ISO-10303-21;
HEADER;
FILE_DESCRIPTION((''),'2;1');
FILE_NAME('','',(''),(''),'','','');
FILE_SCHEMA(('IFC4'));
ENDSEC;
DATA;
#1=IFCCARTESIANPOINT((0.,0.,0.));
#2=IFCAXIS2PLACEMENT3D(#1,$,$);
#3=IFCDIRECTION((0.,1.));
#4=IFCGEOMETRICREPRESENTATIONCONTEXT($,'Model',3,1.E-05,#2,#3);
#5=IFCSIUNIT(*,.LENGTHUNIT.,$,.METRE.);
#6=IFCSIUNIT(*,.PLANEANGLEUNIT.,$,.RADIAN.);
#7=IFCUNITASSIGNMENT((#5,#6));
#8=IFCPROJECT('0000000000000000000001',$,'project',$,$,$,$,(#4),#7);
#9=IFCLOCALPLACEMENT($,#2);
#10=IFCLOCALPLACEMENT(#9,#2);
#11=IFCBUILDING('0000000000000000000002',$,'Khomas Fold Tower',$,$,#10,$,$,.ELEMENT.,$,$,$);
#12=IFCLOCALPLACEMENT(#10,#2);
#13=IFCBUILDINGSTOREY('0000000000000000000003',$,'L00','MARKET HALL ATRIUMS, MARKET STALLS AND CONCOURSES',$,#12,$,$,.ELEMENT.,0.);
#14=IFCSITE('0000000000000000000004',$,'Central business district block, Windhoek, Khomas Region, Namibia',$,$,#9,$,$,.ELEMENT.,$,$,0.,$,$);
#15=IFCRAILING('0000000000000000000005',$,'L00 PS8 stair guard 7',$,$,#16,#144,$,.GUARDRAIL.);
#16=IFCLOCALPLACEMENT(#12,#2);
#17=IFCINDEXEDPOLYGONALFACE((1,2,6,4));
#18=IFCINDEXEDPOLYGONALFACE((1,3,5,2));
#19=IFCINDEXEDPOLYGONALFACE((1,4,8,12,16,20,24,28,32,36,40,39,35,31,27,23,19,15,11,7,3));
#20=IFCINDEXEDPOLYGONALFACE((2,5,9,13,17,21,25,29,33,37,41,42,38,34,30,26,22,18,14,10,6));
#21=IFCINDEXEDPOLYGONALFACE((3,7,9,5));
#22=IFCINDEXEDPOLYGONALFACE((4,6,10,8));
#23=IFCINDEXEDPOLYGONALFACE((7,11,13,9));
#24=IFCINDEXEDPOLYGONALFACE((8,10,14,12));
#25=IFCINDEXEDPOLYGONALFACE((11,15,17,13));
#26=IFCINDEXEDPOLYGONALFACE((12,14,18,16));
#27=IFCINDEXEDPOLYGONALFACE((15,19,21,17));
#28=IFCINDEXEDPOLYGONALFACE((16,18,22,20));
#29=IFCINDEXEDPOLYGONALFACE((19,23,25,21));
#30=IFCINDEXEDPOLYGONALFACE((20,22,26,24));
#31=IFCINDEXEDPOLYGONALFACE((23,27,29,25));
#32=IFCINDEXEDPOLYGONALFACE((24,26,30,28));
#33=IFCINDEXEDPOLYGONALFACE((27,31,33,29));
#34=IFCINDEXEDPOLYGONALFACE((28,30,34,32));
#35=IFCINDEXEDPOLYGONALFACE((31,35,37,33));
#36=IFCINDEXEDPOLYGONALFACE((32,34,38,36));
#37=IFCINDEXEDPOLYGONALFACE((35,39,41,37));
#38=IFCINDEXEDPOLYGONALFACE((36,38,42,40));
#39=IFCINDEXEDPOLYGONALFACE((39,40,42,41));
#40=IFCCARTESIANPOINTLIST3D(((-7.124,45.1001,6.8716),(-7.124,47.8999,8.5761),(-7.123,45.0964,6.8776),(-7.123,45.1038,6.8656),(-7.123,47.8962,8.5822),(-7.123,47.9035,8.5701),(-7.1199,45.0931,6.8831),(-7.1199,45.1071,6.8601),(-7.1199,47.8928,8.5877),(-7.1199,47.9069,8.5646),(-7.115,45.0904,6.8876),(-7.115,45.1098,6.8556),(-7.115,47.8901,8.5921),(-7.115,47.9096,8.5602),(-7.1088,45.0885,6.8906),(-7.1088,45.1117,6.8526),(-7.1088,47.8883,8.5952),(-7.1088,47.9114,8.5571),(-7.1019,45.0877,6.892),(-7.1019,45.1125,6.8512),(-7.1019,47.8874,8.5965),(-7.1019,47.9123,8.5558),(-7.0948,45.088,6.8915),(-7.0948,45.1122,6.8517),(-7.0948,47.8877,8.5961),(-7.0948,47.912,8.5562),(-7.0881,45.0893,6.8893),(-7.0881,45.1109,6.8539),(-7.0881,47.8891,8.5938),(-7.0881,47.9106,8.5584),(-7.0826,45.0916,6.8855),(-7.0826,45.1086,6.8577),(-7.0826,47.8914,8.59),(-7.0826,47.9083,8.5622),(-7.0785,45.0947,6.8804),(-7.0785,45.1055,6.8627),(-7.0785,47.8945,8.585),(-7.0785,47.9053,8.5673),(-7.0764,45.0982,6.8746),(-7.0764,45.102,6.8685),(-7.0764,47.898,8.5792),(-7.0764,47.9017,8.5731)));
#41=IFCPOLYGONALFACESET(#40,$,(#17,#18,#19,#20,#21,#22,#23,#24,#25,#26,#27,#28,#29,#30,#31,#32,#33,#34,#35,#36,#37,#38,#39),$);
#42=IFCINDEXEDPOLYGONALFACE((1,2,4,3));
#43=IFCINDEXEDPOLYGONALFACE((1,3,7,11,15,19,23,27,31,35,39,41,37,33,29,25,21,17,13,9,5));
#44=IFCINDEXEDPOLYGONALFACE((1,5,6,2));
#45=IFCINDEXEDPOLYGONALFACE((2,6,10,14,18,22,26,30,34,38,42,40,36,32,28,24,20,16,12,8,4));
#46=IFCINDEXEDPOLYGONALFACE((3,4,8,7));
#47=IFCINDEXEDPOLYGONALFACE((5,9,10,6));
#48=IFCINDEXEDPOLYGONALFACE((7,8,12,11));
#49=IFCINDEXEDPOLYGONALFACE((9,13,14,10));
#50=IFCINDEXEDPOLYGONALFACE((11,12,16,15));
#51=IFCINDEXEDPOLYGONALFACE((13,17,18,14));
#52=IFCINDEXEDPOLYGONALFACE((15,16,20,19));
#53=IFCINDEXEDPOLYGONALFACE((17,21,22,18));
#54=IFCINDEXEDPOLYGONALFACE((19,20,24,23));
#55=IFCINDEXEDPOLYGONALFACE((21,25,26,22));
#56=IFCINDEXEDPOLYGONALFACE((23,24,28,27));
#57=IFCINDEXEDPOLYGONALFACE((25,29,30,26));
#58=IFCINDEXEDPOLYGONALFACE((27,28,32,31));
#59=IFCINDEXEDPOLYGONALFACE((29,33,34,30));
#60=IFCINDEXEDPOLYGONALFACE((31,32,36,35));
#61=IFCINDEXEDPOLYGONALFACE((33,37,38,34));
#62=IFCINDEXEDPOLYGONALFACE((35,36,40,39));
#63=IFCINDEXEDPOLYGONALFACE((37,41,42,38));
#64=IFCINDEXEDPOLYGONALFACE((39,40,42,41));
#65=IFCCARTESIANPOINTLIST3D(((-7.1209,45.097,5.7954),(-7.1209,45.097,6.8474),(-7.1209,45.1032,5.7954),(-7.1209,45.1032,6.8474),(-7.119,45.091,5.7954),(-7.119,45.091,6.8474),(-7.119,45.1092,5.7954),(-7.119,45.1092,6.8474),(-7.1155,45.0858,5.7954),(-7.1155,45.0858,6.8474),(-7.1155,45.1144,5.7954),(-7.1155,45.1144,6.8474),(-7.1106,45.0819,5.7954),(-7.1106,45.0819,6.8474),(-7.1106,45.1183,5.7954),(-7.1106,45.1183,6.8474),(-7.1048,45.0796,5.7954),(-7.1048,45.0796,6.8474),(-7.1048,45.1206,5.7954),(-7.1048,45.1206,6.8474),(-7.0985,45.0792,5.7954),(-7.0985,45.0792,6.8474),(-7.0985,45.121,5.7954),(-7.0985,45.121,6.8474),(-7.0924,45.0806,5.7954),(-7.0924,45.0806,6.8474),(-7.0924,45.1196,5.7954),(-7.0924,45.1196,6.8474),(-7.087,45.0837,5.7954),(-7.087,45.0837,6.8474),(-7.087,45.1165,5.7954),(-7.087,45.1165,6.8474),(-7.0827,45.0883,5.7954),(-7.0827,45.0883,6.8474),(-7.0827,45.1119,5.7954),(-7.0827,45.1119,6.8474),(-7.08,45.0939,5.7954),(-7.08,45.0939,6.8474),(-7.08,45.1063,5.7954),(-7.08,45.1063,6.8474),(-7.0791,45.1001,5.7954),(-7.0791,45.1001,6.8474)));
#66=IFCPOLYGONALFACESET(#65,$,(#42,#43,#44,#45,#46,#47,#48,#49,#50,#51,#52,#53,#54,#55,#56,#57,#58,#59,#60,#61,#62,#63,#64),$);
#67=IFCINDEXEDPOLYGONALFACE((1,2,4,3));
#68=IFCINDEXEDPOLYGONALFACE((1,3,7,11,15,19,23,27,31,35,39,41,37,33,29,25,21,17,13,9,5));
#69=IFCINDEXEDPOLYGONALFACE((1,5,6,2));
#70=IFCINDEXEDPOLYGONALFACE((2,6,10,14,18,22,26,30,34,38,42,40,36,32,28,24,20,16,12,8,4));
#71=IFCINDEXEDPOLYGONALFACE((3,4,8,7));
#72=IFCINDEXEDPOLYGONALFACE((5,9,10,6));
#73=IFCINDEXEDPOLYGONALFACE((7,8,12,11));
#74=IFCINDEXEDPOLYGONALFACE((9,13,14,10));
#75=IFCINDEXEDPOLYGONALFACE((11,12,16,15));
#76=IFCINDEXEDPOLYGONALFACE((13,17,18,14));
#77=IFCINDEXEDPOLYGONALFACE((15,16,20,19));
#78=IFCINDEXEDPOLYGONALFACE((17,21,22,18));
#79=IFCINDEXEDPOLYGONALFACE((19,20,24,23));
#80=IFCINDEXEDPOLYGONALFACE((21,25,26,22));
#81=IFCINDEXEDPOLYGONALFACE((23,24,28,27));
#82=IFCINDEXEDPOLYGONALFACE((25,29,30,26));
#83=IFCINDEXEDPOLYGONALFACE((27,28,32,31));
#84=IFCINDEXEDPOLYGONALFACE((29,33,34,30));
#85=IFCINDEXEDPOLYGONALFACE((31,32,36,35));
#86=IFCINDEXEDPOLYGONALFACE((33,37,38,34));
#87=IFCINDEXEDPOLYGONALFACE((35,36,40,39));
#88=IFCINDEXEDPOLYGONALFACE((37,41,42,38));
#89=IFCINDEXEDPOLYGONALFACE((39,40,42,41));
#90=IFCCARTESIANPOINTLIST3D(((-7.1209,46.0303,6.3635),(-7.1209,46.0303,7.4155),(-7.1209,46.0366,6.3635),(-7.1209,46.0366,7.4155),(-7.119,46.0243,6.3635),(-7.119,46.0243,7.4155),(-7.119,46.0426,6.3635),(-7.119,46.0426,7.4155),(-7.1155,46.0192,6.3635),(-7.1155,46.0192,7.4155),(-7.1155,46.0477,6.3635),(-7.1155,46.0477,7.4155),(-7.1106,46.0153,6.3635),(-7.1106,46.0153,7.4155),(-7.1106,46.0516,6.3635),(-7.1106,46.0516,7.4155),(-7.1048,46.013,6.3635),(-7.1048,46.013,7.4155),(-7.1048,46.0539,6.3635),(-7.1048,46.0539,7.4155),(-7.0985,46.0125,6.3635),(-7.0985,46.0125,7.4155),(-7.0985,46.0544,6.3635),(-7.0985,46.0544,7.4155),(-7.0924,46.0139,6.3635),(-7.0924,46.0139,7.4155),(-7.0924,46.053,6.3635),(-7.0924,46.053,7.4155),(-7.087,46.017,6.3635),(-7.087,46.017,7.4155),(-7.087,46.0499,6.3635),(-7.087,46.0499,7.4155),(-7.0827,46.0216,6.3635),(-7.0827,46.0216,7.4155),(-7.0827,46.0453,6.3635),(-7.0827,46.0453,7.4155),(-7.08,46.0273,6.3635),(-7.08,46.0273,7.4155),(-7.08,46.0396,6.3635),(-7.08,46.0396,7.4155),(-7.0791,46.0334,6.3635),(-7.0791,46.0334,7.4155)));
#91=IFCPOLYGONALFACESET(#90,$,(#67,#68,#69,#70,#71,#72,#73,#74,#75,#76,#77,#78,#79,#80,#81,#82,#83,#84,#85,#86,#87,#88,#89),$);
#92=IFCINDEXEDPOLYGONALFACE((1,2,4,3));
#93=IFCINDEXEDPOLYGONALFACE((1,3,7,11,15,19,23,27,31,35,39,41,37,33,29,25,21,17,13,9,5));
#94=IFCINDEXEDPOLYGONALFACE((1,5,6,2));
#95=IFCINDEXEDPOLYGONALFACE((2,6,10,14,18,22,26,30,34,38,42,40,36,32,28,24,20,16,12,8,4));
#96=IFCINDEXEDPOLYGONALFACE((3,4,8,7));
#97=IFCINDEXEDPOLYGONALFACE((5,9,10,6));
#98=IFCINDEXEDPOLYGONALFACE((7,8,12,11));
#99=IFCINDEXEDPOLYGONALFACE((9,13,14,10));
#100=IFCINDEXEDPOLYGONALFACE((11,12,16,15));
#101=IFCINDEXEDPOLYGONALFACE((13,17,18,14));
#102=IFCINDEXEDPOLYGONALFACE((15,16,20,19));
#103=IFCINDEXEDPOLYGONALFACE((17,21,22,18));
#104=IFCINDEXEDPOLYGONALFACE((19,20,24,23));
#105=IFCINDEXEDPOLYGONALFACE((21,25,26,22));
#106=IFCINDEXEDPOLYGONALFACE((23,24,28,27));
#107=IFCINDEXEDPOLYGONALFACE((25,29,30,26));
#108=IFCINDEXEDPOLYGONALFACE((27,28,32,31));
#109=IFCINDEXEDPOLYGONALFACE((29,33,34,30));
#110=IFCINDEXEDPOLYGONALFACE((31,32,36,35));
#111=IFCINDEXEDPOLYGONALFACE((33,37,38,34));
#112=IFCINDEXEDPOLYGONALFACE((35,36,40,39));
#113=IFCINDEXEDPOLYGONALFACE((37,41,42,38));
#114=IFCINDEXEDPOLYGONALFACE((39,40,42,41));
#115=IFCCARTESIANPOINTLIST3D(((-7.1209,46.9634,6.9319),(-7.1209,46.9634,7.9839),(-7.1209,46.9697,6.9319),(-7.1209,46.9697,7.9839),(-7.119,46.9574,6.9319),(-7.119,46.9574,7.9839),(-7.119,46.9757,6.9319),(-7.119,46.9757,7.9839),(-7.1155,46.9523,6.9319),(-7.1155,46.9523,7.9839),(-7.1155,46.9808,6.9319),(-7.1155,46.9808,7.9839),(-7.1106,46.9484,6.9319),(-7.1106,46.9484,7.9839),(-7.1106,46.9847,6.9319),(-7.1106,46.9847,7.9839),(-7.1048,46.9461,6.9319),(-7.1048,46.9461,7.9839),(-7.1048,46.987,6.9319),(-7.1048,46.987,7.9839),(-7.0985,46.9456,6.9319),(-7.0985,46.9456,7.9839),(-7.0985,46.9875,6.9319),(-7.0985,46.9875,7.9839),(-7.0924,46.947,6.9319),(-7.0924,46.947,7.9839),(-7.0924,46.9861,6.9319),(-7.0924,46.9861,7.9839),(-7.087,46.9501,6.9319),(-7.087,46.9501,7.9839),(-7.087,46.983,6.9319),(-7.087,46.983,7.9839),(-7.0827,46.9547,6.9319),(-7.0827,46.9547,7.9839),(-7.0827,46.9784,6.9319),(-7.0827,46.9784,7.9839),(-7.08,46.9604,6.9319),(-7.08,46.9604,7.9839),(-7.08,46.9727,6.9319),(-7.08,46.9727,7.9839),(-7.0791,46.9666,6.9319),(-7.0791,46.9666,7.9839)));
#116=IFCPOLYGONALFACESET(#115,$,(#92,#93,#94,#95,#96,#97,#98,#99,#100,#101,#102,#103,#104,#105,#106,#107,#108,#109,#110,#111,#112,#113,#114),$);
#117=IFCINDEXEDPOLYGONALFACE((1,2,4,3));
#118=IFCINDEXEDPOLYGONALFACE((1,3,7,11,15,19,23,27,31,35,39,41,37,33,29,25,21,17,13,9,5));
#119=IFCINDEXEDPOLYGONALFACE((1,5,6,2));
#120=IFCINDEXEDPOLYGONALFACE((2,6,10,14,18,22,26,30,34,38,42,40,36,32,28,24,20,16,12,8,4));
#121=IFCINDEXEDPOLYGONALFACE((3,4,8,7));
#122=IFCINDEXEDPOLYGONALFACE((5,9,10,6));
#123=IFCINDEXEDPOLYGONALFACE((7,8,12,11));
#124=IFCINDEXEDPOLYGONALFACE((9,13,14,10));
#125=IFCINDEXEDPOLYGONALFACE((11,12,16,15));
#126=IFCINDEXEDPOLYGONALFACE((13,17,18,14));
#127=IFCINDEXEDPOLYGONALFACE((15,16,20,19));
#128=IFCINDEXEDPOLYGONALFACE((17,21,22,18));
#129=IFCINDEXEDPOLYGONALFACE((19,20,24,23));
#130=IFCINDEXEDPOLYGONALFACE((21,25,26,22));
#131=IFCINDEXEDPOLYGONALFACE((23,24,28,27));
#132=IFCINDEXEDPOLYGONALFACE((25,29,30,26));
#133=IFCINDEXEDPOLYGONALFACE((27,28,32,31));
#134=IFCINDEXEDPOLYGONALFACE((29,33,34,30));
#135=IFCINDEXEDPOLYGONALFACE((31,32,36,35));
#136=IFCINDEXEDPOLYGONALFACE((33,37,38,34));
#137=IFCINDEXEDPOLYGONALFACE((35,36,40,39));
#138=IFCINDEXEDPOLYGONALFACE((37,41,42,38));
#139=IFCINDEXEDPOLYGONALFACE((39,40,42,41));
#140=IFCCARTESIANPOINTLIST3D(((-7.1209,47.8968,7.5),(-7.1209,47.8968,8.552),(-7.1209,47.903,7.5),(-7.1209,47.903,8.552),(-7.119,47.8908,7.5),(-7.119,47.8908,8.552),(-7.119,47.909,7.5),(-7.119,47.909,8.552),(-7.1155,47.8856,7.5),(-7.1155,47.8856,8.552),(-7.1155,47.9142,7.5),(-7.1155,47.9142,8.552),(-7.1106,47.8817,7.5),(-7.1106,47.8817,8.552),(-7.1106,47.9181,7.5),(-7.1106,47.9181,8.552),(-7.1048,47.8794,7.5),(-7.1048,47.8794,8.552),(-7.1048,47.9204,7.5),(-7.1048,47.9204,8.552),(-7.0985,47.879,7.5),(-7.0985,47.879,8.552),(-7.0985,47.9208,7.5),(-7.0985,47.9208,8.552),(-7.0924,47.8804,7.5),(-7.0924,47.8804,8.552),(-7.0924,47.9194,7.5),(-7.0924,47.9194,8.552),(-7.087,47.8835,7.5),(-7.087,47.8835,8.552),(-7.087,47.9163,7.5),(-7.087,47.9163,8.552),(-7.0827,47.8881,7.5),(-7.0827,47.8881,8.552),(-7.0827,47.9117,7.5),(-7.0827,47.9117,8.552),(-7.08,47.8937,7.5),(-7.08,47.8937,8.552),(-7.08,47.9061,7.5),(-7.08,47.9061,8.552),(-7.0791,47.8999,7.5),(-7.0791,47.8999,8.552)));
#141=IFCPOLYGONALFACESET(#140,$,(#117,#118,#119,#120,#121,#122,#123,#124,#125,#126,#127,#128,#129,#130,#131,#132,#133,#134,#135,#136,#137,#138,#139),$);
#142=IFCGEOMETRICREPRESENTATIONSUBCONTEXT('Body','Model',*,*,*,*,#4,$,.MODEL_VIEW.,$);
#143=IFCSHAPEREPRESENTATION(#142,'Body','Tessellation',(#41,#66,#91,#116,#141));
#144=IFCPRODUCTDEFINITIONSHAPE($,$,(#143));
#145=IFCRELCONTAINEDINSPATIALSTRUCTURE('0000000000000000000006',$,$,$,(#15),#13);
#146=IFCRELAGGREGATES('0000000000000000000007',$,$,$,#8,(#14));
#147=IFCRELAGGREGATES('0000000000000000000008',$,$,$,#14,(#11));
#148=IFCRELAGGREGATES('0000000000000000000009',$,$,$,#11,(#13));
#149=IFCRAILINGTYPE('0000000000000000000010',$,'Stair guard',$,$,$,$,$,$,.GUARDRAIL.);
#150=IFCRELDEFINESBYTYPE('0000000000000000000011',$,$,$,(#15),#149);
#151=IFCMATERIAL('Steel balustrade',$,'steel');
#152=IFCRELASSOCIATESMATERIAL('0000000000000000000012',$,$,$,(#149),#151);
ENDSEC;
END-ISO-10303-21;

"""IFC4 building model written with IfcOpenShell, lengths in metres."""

from ifc_helpers import new_model, si_unit, direction, frame, origin, origin_2d, place, context, subcontext, project, spatial, circle, extrude, source, transform, mapped, material, type_object, element, save


model = new_model("IFC4")

# Units and contexts
model_context = context("Model", 3, precision=1e-05, world=origin(), true_north=direction((0.0, 1.0)))
body_context = subcontext(model_context, "Body", "Model", "MODEL_VIEW")
ifc_project = project(units=[si_unit("LENGTHUNIT", "METRE"), si_unit("PLANEANGLEUNIT", "RADIAN")], contexts=[model_context])

# Site, building, storey
site_placement = place(None, origin())
site = spatial("IfcSite", under=ifc_project, at=site_placement, Name="Central business district block, Windhoek, Khomas Region, Namibia", CompositionType="ELEMENT", RefElevation=0.0)
building_placement = place(site_placement, origin())
building = spatial("IfcBuilding", under=site, at=building_placement, Name="Khomas Fold Tower", CompositionType="ELEMENT")
storey_placement = place(building_placement, origin())
storey = spatial("IfcBuildingStorey", under=building, at=storey_placement, Name="L00", Description="MARKET HALL ATRIUMS, MARKET STALLS AND CONCOURSES", CompositionType="ELEMENT", Elevation=0.0)

# Railing
ifc_material_1 = material(Name="Steel balustrade", Category="steel")
railing_type_1 = type_object("IfcRailingType", Name="Stair guard", PredefinedType="GUARDRAIL", material=ifc_material_1)
shared_shape_1 = source(origin(), body_context, "Body", "SweptSolid", [
    extrude(circle(Radius=0.0239, at=origin_2d()), frame((0.0, 0.0, 1.0762), z_axis=(0.0, 0.85415, 0.520027), x_axis=(-1.0, 0.0, 0.0)), (0.0, 0.0, 1.0), 3.2778),
    extrude(circle(Radius=0.021, at=origin_2d()), origin(), (0.0, 0.0, 1.0), 1.052),
    extrude(circle(Radius=0.021, at=origin_2d()), frame((0.0, 0.9333, 0.5681)), (0.0, 0.0, 1.0), 1.052),
    extrude(circle(Radius=0.021, at=origin_2d()), frame((0.0, 1.8665, 1.1365)), (0.0, 0.0, 1.0), 1.052),
    extrude(circle(Radius=0.021, at=origin_2d()), frame((0.0, 2.7998, 1.7046)), (0.0, 0.0, 1.0), 1.052),
])
railing_1_placement = place(storey_placement, frame((-7.1001, 45.1001, 5.7954)))
element("IfcRailing", 1, at=railing_1_placement, inside=storey, type_object=railing_type_1, Name="L00 PS8 stair guard 7", PredefinedType="GUARDRAIL", context=body_context, shape_type="MappedRepresentation", body=[
    mapped(shared_shape_1, transform((0.0, 0.0, 0.0))),
])

save(model, "model.ifc")
